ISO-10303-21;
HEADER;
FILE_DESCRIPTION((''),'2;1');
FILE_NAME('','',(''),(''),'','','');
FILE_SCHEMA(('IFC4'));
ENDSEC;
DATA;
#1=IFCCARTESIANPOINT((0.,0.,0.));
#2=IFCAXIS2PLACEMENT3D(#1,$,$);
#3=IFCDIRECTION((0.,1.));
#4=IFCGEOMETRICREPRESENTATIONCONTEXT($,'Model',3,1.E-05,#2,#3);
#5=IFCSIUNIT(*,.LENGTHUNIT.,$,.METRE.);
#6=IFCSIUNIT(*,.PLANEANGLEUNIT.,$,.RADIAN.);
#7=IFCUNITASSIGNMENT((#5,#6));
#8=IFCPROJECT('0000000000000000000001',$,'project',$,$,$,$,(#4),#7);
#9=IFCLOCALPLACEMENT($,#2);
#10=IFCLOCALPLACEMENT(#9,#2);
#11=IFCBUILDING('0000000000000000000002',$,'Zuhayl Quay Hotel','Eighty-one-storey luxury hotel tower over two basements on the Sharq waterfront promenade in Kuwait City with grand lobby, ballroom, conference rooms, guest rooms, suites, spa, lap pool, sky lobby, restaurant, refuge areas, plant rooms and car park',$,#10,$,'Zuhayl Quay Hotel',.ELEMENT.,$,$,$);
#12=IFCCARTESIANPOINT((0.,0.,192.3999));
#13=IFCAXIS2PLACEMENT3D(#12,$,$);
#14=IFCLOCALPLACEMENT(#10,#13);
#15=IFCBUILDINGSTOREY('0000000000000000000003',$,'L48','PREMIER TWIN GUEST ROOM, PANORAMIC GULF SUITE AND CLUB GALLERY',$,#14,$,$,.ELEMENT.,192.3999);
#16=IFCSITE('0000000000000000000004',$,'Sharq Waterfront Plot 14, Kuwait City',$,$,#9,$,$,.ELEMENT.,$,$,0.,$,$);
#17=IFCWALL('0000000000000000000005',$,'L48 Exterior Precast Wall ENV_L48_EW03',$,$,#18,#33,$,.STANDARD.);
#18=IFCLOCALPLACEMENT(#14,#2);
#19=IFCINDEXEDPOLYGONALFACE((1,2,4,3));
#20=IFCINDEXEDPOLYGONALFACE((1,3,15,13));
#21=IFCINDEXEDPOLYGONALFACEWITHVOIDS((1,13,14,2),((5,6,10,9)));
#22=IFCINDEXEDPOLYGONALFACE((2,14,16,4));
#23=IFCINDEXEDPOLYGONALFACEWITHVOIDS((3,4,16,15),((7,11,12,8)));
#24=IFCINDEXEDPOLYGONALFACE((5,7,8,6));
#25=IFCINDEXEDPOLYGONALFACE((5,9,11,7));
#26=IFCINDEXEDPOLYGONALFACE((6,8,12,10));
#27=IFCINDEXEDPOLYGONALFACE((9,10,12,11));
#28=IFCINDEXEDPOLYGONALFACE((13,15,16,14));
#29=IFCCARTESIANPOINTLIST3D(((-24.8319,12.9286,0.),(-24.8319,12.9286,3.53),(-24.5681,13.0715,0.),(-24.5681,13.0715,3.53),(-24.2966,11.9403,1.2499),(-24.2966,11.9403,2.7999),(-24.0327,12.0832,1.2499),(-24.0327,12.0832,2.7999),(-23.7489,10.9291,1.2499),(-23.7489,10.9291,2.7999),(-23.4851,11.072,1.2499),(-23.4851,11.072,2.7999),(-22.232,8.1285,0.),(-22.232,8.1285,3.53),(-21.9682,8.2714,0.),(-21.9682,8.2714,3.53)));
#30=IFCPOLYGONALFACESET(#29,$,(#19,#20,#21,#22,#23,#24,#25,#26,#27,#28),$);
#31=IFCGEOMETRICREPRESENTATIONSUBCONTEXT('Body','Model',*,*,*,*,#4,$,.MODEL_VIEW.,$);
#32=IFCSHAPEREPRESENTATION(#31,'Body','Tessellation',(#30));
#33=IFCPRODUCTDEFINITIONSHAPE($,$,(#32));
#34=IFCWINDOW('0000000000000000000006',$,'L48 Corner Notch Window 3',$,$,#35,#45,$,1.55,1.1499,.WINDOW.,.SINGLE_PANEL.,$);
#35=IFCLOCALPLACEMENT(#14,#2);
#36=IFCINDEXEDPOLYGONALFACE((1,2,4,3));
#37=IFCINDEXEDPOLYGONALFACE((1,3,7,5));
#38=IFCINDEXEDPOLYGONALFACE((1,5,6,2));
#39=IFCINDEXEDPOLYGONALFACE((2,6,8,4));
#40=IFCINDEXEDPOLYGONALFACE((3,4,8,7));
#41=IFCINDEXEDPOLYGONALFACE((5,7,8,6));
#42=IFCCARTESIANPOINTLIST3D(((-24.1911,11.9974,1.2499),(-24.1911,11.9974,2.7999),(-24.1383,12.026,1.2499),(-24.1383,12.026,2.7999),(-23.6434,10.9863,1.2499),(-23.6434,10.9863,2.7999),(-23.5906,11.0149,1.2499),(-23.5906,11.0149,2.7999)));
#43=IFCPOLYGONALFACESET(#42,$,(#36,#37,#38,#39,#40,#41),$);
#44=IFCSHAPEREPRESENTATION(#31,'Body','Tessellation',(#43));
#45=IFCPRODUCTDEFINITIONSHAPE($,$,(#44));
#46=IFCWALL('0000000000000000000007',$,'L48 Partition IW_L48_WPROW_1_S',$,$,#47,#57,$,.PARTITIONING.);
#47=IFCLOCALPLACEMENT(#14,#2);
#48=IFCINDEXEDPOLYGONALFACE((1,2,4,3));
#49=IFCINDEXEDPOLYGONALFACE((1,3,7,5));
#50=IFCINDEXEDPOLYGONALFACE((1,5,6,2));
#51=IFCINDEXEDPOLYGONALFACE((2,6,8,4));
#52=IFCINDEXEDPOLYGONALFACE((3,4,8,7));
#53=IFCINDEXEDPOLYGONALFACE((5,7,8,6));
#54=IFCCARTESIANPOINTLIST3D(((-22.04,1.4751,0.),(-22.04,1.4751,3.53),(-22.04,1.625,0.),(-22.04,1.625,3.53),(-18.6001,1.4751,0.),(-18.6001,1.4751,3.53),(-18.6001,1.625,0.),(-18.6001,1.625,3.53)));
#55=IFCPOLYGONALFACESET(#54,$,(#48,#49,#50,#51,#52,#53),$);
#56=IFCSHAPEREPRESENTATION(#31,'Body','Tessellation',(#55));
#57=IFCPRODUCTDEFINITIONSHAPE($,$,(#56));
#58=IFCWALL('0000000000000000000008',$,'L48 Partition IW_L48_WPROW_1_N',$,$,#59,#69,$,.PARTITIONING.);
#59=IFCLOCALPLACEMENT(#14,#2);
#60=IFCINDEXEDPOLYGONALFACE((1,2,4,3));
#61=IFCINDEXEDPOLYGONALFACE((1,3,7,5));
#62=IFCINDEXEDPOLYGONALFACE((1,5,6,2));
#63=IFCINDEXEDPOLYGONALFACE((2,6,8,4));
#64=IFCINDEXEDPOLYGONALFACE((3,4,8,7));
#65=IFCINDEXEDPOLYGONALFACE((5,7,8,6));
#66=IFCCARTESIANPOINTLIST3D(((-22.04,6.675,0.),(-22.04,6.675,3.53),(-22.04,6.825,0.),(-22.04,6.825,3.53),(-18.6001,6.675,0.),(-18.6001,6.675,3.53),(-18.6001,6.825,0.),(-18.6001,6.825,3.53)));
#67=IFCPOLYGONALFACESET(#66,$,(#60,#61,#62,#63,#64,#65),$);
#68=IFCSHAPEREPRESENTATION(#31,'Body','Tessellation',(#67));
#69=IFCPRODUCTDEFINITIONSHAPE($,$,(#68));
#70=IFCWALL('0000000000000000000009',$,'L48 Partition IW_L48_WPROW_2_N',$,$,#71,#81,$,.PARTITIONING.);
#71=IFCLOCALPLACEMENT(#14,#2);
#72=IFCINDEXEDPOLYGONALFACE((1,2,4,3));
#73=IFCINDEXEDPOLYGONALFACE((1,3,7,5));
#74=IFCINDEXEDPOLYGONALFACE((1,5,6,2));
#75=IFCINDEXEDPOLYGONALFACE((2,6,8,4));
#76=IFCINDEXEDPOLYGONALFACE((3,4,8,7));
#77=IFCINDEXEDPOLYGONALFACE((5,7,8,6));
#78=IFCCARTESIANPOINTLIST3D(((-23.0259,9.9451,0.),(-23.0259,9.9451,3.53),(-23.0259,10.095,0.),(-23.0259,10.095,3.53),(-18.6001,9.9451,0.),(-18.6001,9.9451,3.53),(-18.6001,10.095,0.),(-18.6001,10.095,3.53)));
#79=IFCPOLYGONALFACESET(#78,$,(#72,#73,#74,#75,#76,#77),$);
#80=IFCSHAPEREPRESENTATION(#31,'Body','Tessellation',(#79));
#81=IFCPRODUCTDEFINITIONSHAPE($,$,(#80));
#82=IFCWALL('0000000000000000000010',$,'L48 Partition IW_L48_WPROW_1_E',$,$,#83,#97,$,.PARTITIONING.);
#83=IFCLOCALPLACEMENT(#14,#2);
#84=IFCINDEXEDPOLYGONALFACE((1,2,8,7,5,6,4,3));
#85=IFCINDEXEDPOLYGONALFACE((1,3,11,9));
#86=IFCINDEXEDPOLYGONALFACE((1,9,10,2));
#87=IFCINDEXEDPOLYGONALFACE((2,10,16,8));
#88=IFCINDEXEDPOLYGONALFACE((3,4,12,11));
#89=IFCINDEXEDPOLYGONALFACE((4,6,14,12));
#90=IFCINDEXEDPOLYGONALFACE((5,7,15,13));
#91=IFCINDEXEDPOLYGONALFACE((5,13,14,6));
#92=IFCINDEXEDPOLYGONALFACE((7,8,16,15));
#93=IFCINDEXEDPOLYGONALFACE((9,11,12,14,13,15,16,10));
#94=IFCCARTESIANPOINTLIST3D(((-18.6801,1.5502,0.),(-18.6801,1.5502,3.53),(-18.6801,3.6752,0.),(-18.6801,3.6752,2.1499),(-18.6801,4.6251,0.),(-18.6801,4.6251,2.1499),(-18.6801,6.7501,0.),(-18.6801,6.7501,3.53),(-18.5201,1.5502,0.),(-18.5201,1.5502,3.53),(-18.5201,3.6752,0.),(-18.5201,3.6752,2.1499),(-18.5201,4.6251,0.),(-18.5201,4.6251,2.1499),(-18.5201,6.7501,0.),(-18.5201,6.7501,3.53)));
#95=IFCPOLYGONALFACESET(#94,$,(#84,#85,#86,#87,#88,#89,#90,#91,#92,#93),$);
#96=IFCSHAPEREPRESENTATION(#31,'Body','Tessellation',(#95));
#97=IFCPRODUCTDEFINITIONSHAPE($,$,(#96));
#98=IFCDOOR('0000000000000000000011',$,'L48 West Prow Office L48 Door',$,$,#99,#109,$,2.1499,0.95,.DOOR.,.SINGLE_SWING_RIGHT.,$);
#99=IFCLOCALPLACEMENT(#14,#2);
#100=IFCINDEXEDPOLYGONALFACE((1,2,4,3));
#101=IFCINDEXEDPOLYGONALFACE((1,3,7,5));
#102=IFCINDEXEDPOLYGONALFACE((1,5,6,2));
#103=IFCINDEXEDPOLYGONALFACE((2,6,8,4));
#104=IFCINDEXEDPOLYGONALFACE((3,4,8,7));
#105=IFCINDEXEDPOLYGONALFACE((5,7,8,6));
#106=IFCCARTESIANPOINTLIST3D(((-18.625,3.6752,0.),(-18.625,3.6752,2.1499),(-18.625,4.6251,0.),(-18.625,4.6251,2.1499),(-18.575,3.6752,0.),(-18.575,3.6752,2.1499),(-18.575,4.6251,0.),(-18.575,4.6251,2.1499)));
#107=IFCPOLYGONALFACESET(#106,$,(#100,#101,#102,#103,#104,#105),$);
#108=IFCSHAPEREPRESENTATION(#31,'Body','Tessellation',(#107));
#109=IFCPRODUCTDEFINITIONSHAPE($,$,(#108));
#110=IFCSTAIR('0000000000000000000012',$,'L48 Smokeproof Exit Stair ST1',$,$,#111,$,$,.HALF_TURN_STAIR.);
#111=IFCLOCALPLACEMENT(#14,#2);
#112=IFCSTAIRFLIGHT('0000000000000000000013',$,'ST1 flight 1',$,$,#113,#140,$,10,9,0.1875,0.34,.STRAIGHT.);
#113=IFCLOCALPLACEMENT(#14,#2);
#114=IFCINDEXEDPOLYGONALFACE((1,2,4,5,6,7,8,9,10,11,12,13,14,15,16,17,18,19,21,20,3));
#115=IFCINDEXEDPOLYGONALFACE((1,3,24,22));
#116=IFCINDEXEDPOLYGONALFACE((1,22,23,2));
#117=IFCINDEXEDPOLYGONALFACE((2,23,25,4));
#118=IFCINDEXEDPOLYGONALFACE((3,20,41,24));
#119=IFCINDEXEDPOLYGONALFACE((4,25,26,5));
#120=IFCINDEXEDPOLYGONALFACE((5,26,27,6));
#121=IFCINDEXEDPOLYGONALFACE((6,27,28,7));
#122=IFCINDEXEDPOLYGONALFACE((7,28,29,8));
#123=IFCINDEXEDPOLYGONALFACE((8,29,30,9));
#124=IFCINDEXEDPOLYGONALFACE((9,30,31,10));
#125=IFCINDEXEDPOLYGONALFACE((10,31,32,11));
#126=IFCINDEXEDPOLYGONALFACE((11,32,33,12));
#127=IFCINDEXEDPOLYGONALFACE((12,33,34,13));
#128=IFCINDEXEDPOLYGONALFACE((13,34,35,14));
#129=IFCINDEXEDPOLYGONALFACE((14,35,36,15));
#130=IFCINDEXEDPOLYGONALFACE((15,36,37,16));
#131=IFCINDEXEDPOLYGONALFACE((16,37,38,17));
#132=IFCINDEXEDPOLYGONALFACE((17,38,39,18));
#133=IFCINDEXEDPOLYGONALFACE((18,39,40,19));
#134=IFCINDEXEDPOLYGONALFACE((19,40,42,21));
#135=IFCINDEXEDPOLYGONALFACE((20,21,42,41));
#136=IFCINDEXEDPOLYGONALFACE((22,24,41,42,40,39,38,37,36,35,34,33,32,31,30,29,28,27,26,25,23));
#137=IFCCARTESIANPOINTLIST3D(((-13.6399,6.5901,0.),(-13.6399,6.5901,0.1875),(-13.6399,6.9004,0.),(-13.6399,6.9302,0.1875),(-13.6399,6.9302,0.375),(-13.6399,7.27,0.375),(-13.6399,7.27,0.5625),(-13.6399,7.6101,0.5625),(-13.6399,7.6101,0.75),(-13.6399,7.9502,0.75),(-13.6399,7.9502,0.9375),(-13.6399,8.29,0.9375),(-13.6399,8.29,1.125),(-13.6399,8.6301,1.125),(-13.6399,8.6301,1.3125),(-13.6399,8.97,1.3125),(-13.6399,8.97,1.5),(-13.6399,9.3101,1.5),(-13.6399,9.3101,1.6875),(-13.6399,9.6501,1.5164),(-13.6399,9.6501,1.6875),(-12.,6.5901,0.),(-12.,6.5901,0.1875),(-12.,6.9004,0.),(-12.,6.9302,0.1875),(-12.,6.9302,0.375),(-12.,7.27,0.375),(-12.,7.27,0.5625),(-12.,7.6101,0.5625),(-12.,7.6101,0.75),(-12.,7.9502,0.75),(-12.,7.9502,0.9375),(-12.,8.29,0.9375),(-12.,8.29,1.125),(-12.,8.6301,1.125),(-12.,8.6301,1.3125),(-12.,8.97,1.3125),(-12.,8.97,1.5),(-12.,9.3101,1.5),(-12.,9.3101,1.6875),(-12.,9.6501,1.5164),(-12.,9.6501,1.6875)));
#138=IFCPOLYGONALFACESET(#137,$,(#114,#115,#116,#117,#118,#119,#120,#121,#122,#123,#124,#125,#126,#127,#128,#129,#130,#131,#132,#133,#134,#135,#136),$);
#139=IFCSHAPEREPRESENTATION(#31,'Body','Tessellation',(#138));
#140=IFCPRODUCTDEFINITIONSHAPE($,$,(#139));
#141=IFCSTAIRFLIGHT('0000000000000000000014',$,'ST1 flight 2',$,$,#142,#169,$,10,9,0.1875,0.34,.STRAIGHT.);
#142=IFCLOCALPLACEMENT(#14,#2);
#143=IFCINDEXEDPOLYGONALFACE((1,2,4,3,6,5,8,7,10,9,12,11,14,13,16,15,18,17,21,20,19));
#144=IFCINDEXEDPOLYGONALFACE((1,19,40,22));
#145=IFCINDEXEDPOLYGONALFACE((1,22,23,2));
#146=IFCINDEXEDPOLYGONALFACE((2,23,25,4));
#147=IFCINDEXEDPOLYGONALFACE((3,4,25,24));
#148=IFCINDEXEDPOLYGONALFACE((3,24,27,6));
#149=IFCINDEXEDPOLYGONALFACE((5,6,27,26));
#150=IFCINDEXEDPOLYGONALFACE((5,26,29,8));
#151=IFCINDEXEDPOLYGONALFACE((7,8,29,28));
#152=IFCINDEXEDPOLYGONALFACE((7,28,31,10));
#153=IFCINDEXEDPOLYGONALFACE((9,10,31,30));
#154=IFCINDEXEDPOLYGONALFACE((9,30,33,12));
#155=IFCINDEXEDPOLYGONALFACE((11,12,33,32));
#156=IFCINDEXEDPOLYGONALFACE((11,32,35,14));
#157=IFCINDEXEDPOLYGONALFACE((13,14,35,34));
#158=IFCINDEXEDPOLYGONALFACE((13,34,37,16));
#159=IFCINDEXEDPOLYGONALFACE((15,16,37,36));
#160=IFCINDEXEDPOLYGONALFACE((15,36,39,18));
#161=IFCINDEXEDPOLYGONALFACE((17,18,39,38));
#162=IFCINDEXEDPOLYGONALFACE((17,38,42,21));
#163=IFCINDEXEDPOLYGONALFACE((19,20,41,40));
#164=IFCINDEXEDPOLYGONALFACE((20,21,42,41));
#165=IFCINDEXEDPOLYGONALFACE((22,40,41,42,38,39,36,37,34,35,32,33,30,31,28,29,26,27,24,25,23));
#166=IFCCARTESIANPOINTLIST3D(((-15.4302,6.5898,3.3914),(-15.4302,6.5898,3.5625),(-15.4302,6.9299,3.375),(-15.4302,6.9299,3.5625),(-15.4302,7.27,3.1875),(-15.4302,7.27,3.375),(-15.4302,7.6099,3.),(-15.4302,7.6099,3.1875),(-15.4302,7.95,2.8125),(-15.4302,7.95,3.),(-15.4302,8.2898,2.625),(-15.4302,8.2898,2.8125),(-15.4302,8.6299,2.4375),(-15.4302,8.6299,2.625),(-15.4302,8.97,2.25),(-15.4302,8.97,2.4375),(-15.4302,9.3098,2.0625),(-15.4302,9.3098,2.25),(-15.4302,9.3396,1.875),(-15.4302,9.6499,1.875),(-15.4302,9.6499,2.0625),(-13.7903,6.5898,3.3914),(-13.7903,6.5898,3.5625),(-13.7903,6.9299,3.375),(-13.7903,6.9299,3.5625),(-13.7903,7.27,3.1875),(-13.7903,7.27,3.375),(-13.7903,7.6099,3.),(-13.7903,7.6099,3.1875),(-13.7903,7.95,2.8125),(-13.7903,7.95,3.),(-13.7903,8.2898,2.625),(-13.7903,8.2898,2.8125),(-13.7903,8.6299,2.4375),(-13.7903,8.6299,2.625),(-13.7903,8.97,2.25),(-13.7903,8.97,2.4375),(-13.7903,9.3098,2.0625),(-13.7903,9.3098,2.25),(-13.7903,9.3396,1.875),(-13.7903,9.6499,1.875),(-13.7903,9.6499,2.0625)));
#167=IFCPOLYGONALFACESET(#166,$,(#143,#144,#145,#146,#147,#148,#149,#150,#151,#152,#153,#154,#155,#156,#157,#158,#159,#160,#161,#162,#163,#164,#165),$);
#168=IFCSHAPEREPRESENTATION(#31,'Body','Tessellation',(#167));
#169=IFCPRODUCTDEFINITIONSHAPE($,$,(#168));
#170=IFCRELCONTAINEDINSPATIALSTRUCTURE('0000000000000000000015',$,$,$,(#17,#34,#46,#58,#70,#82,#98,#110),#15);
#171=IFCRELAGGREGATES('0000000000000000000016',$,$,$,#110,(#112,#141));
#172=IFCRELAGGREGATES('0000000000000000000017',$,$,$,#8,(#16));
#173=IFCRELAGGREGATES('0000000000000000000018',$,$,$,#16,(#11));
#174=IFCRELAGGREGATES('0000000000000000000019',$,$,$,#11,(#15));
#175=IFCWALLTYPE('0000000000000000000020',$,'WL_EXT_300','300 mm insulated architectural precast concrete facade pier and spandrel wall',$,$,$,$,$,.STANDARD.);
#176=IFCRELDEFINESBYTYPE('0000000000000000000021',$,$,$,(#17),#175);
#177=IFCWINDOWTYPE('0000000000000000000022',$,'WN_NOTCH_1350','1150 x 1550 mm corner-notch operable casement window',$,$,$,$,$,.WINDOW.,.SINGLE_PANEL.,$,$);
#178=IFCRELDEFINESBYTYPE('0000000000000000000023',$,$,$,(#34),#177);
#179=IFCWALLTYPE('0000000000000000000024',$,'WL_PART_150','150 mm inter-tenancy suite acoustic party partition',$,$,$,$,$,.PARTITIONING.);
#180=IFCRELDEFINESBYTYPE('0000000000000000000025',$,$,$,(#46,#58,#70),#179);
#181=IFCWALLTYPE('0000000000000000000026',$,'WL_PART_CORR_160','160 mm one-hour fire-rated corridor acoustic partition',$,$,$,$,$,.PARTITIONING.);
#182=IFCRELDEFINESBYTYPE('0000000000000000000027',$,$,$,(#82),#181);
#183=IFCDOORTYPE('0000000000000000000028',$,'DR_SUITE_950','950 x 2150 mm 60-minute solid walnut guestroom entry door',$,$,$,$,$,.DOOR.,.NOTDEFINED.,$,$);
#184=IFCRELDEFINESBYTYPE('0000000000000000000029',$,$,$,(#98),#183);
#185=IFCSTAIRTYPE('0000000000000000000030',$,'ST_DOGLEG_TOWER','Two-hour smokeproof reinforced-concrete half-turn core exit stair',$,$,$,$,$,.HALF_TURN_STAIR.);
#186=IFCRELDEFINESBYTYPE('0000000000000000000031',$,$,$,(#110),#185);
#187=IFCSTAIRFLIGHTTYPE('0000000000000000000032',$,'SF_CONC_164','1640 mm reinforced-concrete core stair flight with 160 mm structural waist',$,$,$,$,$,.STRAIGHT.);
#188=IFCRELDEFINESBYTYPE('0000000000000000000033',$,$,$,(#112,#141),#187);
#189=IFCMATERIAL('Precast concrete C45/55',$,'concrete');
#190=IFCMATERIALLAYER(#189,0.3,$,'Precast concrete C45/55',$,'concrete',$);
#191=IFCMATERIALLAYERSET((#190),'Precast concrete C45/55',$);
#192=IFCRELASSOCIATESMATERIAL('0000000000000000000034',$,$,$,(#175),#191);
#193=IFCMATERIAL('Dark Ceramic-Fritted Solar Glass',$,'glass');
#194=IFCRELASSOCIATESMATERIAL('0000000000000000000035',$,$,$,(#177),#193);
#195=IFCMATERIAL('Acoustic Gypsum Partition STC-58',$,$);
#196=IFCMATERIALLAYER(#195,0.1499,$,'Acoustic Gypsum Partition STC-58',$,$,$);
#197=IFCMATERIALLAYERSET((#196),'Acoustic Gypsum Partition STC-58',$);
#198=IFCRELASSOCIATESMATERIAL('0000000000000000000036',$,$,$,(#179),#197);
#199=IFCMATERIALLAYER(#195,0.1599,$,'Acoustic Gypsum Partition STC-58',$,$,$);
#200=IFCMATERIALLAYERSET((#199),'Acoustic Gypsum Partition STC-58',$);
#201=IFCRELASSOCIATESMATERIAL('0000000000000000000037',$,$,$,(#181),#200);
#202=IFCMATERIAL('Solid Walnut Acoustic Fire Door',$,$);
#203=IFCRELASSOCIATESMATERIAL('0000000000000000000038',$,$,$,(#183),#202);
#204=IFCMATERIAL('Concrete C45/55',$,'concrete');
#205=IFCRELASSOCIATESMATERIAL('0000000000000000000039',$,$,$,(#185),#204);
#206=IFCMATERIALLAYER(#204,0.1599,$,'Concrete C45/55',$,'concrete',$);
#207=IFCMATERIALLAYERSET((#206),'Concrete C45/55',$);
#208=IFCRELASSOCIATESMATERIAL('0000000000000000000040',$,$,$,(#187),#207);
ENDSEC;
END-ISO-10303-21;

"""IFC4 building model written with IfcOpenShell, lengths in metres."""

from ifc_helpers import new_model, si_unit, direction, frame, frame_2d, origin, place, context, subcontext, project, spatial, polyline, rectangle, outline, extrude, material, layer, layer_set, type_object, element, fill, aggregate, save


model = new_model("IFC4")

# Units and contexts
model_context = context("Model", 3, precision=1e-05, world=origin(), true_north=direction((0.0, 1.0)))
body_context = subcontext(model_context, "Body", "Model", "MODEL_VIEW")
ifc_project = project(units=[si_unit("LENGTHUNIT", "METRE"), si_unit("PLANEANGLEUNIT", "RADIAN")], contexts=[model_context])

# Site, building, storey
site_placement = place(None, origin())
site = spatial("IfcSite", under=ifc_project, at=site_placement, Name="Sharq Waterfront Plot 14, Kuwait City", CompositionType="ELEMENT", RefElevation=0.0)
building_placement = place(site_placement, origin())
building = spatial("IfcBuilding", under=site, at=building_placement, Name="Zuhayl Quay Hotel", Description="Eighty-one-storey luxury hotel tower over two basements on the Sharq waterfront promenade in Kuwait City with grand lobby, ballroom, conference rooms, guest rooms, suites, spa, lap pool, sky lobby, restaurant, refuge areas, plant rooms and car park", LongName="Zuhayl Quay Hotel", CompositionType="ELEMENT")
storey_placement = place(building_placement, frame((0.0, 0.0, 192.3999)))
storey = spatial("IfcBuildingStorey", under=building, at=storey_placement, Name="L48", Description="PREMIER TWIN GUEST ROOM, PANORAMIC GULF SUITE AND CLUB GALLERY", CompositionType="ELEMENT", Elevation=192.3999)

# Shared definitions
ifc_material_1 = material(Name="Dark Ceramic-Fritted Solar Glass", Category="glass")

# Shared definitions
ifc_material_2 = material(Name="Precast concrete C45/55", Category="concrete")
ifc_layer_1 = layer(ifc_material_2, 0.3, Name="Precast concrete C45/55", Category="concrete")
ifc_layer_set_1 = layer_set([ifc_layer_1], Name="Precast concrete C45/55")
wall_type_1 = type_object("IfcWallType", Name="WL_EXT_300", Description="300 mm insulated architectural precast concrete facade pier and spandrel wall", PredefinedType="STANDARD", material=ifc_layer_set_1)

# Wall, opening, window
wall_1_placement = place(storey_placement, frame((-22.1001, 8.2, 0.0), z_axis=(0.0, 0.0, 1.0), x_axis=(-0.476259, 0.879305, 0.0)))
wall_1 = element("IfcWall", 1, at=wall_1_placement, inside=storey, type_object=wall_type_1, Name="L48 Exterior Precast Wall ENV_L48_EW03", PredefinedType="STANDARD", context=body_context, shape_type="SweptSolid", body=[
    extrude(rectangle(XDim=5.459, YDim=0.3, at=frame_2d((2.7295, 0.0))), origin(), (0.0, 0.0, 1.0), 3.53),
])
opening_1_placement = place(wall_1_placement, frame((3.1851, 0.0, 1.25)))
opening_1 = element("IfcOpeningElement", 2, at=opening_1_placement, cuts=wall_1, PredefinedType="OPENING", context=body_context, shape_type="SweptSolid", body=[
    extrude(rectangle(XDim=1.1499, YDim=1.55, at=frame_2d((0.575, 0.7749))), frame((0.0, 0.1599, 0.0), z_axis=(0.0, -1.0, 0.0), x_axis=(1.0, 0.0, 0.0)), (0.0, 0.0, 1.0), 0.3201),
])
window_type = type_object("IfcWindowType", Name="WN_NOTCH_1350", Description="1150 x 1550 mm corner-notch operable casement window", PartitioningType="SINGLE_PANEL", PredefinedType="WINDOW", material=ifc_material_1)
window_placement = place(opening_1_placement, origin())
window = element("IfcWindow", 3, at=window_placement, inside=storey, type_object=window_type, Name="L48 Corner Notch Window 3", OverallHeight=1.55, OverallWidth=1.1499, PartitioningType="SINGLE_PANEL", PredefinedType="WINDOW", context=body_context, shape_type="SweptSolid", body=[
    extrude(rectangle(XDim=1.1499, YDim=1.55, at=frame_2d((0.575, 0.7749))), frame((0.0, 0.03, 0.0), z_axis=(0.0, -1.0, 0.0), x_axis=(1.0, 0.0, 0.0)), (0.0, 0.0, 1.0), 0.0601),
])
fill(opening_1, window)

# Walls
ifc_material_3 = material(Name="Acoustic Gypsum Partition STC-58")
ifc_layer_2 = layer(ifc_material_3, 0.1499, Name="Acoustic Gypsum Partition STC-58")
ifc_layer_set_2 = layer_set([ifc_layer_2], Name="Acoustic Gypsum Partition STC-58")
wall_type_2 = type_object("IfcWallType", Name="WL_PART_150", Description="150 mm inter-tenancy suite acoustic party partition", PredefinedType="PARTITIONING", material=ifc_layer_set_2)
for number, where, z_axis, x_axis, name in (
    (4, (-22.04, 1.55, 0.0), (0.0, 0.0, 1.0), (1.0, 0.0, 0.0), "L48 Partition IW_L48_WPROW_1_S"),
    (5, (-22.04, 6.75, 0.0), (0.0, 0.0, 1.0), (1.0, 0.0, 0.0), "L48 Partition IW_L48_WPROW_1_N"),
):
    element("IfcWall", number, at=place(storey_placement, frame(where, z_axis=z_axis, x_axis=x_axis)), inside=storey, type_object=wall_type_2, Name=name, PredefinedType="PARTITIONING", context=body_context, shape_type="SweptSolid", body=[
        extrude(rectangle(XDim=3.4399, YDim=0.1499, at=frame_2d((1.72, 0.0))), origin(), (0.0, 0.0, 1.0), 3.53),
    ])
wall_2_placement = place(storey_placement, frame((-23.0259, 10.02, 0.0), z_axis=(0.0, 0.0, 1.0), x_axis=(1.0, 0.0, 0.0)))
element("IfcWall", 6, at=wall_2_placement, inside=storey, type_object=wall_type_2, Name="L48 Partition IW_L48_WPROW_2_N", PredefinedType="PARTITIONING", context=body_context, shape_type="SweptSolid", body=[
    extrude(rectangle(XDim=4.4258, YDim=0.1499, at=frame_2d((2.2129, 0.0))), origin(), (0.0, 0.0, 1.0), 3.53),
])

# Wall, opening, door
ifc_layer_3 = layer(ifc_material_3, 0.1599, Name="Acoustic Gypsum Partition STC-58")
ifc_layer_set_3 = layer_set([ifc_layer_3], Name="Acoustic Gypsum Partition STC-58")
wall_type_3 = type_object("IfcWallType", Name="WL_PART_CORR_160", Description="160 mm one-hour fire-rated corridor acoustic partition", PredefinedType="PARTITIONING", material=ifc_layer_set_3)
wall_3_placement = place(storey_placement, frame((-18.6001, 1.55, 0.0), z_axis=(0.0, 0.0, 1.0), x_axis=(0.0, 1.0, 0.0)))
wall_3 = element("IfcWall", 7, at=wall_3_placement, inside=storey, type_object=wall_type_3, Name="L48 Partition IW_L48_WPROW_1_E", PredefinedType="PARTITIONING", context=body_context, shape_type="SweptSolid", body=[
    extrude(rectangle(XDim=5.2, YDim=0.1599, at=frame_2d((2.6001, 0.0))), origin(), (0.0, 0.0, 1.0), 3.53),
])
opening_2_placement = place(wall_3_placement, frame((2.125, 0.0, 0.0)))
opening_2 = element("IfcOpeningElement", 8, at=opening_2_placement, cuts=wall_3, PredefinedType="OPENING", context=body_context, shape_type="SweptSolid", body=[
    extrude(rectangle(XDim=0.95, YDim=2.1499, at=frame_2d((0.4751, 1.075))), frame((0.0, 0.0898, 0.0), z_axis=(0.0, -1.0, 0.0), x_axis=(1.0, 0.0, 0.0)), (0.0, 0.0, 1.0), 0.1799),
])
ifc_material_4 = material(Name="Solid Walnut Acoustic Fire Door")
door_type = type_object("IfcDoorType", Name="DR_SUITE_950", Description="950 x 2150 mm 60-minute solid walnut guestroom entry door", OperationType="NOTDEFINED", PredefinedType="DOOR", material=ifc_material_4)
door_1_placement = place(opening_2_placement, origin())
door_1 = element("IfcDoor", 9, at=door_1_placement, inside=storey, type_object=door_type, Name="L48 West Prow Office L48 Door", OperationType="SINGLE_SWING_RIGHT", OverallHeight=2.1499, OverallWidth=0.95, PredefinedType="DOOR", context=body_context, shape_type="SweptSolid", body=[
    extrude(rectangle(XDim=0.95, YDim=2.1499, at=frame_2d((0.4751, 1.075))), frame((0.0, 0.0249, 0.0), z_axis=(0.0, -1.0, 0.0), x_axis=(1.0, 0.0, 0.0)), (0.0, 0.0, 1.0), 0.05),
])
fill(opening_2, door_1)

# Stair, stair flights
ifc_material_5 = material(Name="Concrete C45/55", Category="concrete")
stair_type = type_object("IfcStairType", Name="ST_DOGLEG_TOWER", Description="Two-hour smokeproof reinforced-concrete half-turn core exit stair", PredefinedType="HALF_TURN_STAIR", material=ifc_material_5)
stair_placement = place(storey_placement, origin())
stair = element("IfcStair", 10, at=stair_placement, inside=storey, type_object=stair_type, Name="L48 Smokeproof Exit Stair ST1", PredefinedType="HALF_TURN_STAIR")
ifc_layer_4 = layer(ifc_material_5, 0.1599, Name="Concrete C45/55", Category="concrete")
ifc_layer_set_4 = layer_set([ifc_layer_4], Name="Concrete C45/55")
stair_flight_type = type_object("IfcStairFlightType", Name="SF_CONC_164", Description="1640 mm reinforced-concrete core stair flight with 160 mm structural waist", PredefinedType="STRAIGHT", material=ifc_layer_set_4)
stair_flight_1_placement = place(storey_placement, frame((-12.8201, 6.5901, 0.0), z_axis=(0.0, 0.0, 1.0), x_axis=(0.0, 1.0, 0.0)))
stair_flight_1 = element("IfcStairFlight", 11, at=stair_flight_1_placement, type_object=stair_flight_type, Name="ST1 flight 1", NumberOfRisers=10, NumberOfTreads=9, PredefinedType="STRAIGHT", RiserHeight=0.1875, TreadLength=0.34, context=body_context, shape_type="SweptSolid", body=[
    extrude(outline(polyline([(0.0, 0.0), (0.0, 0.1875), (0.3401, 0.1875), (0.3401, 0.375), (0.6799, 0.375), (0.6799, 0.5625), (1.02, 0.5625), (1.02, 0.75), (1.3601, 0.75), (1.3601, 0.9375), (1.7, 0.9375), (1.7, 1.125), (2.04, 1.125), (2.04, 1.3125), (2.3799, 1.3125), (2.3799, 1.5), (2.72, 1.5), (2.72, 1.6875), (3.0601, 1.6875), (3.0601, 1.875), (3.0601, 1.5164), (0.3103, 0.0), (0.0, 0.0)])), frame((0.0, 0.8198, 0.0), z_axis=(0.0, -1.0, 0.0), x_axis=(1.0, 0.0, 0.0)), (0.0, 0.0, 1.0), 1.6399),
])
stair_flight_2_placement = place(storey_placement, frame((-14.6101, 9.6499, 1.875), z_axis=(0.0, 0.0, 1.0), x_axis=(0.0, -1.0, 0.0)))
stair_flight_2 = element("IfcStairFlight", 12, at=stair_flight_2_placement, type_object=stair_flight_type, Name="ST1 flight 2", NumberOfRisers=10, NumberOfTreads=9, PredefinedType="STRAIGHT", RiserHeight=0.1875, TreadLength=0.34, context=body_context, shape_type="SweptSolid", body=[
    extrude(outline(polyline([(0.0, 0.0), (0.0, 0.1875), (0.3401, 0.1875), (0.3401, 0.375), (0.6799, 0.375), (0.6799, 0.5625), (1.02, 0.5625), (1.02, 0.75), (1.3601, 0.75), (1.3601, 0.9375), (1.7, 0.9375), (1.7, 1.125), (2.04, 1.125), (2.04, 1.3125), (2.3799, 1.3125), (2.3799, 1.5), (2.72, 1.5), (2.72, 1.6875), (3.0601, 1.6875), (3.0601, 1.875), (3.0601, 1.5164), (0.3103, 0.0), (0.0, 0.0)])), frame((0.0, 0.8198, 0.0), z_axis=(0.0, -1.0, 0.0), x_axis=(1.0, 0.0, 0.0)), (0.0, 0.0, 1.0), 1.6399),
])
aggregate(stair, [stair_flight_1, stair_flight_2])

save(model, "model.ifc")
